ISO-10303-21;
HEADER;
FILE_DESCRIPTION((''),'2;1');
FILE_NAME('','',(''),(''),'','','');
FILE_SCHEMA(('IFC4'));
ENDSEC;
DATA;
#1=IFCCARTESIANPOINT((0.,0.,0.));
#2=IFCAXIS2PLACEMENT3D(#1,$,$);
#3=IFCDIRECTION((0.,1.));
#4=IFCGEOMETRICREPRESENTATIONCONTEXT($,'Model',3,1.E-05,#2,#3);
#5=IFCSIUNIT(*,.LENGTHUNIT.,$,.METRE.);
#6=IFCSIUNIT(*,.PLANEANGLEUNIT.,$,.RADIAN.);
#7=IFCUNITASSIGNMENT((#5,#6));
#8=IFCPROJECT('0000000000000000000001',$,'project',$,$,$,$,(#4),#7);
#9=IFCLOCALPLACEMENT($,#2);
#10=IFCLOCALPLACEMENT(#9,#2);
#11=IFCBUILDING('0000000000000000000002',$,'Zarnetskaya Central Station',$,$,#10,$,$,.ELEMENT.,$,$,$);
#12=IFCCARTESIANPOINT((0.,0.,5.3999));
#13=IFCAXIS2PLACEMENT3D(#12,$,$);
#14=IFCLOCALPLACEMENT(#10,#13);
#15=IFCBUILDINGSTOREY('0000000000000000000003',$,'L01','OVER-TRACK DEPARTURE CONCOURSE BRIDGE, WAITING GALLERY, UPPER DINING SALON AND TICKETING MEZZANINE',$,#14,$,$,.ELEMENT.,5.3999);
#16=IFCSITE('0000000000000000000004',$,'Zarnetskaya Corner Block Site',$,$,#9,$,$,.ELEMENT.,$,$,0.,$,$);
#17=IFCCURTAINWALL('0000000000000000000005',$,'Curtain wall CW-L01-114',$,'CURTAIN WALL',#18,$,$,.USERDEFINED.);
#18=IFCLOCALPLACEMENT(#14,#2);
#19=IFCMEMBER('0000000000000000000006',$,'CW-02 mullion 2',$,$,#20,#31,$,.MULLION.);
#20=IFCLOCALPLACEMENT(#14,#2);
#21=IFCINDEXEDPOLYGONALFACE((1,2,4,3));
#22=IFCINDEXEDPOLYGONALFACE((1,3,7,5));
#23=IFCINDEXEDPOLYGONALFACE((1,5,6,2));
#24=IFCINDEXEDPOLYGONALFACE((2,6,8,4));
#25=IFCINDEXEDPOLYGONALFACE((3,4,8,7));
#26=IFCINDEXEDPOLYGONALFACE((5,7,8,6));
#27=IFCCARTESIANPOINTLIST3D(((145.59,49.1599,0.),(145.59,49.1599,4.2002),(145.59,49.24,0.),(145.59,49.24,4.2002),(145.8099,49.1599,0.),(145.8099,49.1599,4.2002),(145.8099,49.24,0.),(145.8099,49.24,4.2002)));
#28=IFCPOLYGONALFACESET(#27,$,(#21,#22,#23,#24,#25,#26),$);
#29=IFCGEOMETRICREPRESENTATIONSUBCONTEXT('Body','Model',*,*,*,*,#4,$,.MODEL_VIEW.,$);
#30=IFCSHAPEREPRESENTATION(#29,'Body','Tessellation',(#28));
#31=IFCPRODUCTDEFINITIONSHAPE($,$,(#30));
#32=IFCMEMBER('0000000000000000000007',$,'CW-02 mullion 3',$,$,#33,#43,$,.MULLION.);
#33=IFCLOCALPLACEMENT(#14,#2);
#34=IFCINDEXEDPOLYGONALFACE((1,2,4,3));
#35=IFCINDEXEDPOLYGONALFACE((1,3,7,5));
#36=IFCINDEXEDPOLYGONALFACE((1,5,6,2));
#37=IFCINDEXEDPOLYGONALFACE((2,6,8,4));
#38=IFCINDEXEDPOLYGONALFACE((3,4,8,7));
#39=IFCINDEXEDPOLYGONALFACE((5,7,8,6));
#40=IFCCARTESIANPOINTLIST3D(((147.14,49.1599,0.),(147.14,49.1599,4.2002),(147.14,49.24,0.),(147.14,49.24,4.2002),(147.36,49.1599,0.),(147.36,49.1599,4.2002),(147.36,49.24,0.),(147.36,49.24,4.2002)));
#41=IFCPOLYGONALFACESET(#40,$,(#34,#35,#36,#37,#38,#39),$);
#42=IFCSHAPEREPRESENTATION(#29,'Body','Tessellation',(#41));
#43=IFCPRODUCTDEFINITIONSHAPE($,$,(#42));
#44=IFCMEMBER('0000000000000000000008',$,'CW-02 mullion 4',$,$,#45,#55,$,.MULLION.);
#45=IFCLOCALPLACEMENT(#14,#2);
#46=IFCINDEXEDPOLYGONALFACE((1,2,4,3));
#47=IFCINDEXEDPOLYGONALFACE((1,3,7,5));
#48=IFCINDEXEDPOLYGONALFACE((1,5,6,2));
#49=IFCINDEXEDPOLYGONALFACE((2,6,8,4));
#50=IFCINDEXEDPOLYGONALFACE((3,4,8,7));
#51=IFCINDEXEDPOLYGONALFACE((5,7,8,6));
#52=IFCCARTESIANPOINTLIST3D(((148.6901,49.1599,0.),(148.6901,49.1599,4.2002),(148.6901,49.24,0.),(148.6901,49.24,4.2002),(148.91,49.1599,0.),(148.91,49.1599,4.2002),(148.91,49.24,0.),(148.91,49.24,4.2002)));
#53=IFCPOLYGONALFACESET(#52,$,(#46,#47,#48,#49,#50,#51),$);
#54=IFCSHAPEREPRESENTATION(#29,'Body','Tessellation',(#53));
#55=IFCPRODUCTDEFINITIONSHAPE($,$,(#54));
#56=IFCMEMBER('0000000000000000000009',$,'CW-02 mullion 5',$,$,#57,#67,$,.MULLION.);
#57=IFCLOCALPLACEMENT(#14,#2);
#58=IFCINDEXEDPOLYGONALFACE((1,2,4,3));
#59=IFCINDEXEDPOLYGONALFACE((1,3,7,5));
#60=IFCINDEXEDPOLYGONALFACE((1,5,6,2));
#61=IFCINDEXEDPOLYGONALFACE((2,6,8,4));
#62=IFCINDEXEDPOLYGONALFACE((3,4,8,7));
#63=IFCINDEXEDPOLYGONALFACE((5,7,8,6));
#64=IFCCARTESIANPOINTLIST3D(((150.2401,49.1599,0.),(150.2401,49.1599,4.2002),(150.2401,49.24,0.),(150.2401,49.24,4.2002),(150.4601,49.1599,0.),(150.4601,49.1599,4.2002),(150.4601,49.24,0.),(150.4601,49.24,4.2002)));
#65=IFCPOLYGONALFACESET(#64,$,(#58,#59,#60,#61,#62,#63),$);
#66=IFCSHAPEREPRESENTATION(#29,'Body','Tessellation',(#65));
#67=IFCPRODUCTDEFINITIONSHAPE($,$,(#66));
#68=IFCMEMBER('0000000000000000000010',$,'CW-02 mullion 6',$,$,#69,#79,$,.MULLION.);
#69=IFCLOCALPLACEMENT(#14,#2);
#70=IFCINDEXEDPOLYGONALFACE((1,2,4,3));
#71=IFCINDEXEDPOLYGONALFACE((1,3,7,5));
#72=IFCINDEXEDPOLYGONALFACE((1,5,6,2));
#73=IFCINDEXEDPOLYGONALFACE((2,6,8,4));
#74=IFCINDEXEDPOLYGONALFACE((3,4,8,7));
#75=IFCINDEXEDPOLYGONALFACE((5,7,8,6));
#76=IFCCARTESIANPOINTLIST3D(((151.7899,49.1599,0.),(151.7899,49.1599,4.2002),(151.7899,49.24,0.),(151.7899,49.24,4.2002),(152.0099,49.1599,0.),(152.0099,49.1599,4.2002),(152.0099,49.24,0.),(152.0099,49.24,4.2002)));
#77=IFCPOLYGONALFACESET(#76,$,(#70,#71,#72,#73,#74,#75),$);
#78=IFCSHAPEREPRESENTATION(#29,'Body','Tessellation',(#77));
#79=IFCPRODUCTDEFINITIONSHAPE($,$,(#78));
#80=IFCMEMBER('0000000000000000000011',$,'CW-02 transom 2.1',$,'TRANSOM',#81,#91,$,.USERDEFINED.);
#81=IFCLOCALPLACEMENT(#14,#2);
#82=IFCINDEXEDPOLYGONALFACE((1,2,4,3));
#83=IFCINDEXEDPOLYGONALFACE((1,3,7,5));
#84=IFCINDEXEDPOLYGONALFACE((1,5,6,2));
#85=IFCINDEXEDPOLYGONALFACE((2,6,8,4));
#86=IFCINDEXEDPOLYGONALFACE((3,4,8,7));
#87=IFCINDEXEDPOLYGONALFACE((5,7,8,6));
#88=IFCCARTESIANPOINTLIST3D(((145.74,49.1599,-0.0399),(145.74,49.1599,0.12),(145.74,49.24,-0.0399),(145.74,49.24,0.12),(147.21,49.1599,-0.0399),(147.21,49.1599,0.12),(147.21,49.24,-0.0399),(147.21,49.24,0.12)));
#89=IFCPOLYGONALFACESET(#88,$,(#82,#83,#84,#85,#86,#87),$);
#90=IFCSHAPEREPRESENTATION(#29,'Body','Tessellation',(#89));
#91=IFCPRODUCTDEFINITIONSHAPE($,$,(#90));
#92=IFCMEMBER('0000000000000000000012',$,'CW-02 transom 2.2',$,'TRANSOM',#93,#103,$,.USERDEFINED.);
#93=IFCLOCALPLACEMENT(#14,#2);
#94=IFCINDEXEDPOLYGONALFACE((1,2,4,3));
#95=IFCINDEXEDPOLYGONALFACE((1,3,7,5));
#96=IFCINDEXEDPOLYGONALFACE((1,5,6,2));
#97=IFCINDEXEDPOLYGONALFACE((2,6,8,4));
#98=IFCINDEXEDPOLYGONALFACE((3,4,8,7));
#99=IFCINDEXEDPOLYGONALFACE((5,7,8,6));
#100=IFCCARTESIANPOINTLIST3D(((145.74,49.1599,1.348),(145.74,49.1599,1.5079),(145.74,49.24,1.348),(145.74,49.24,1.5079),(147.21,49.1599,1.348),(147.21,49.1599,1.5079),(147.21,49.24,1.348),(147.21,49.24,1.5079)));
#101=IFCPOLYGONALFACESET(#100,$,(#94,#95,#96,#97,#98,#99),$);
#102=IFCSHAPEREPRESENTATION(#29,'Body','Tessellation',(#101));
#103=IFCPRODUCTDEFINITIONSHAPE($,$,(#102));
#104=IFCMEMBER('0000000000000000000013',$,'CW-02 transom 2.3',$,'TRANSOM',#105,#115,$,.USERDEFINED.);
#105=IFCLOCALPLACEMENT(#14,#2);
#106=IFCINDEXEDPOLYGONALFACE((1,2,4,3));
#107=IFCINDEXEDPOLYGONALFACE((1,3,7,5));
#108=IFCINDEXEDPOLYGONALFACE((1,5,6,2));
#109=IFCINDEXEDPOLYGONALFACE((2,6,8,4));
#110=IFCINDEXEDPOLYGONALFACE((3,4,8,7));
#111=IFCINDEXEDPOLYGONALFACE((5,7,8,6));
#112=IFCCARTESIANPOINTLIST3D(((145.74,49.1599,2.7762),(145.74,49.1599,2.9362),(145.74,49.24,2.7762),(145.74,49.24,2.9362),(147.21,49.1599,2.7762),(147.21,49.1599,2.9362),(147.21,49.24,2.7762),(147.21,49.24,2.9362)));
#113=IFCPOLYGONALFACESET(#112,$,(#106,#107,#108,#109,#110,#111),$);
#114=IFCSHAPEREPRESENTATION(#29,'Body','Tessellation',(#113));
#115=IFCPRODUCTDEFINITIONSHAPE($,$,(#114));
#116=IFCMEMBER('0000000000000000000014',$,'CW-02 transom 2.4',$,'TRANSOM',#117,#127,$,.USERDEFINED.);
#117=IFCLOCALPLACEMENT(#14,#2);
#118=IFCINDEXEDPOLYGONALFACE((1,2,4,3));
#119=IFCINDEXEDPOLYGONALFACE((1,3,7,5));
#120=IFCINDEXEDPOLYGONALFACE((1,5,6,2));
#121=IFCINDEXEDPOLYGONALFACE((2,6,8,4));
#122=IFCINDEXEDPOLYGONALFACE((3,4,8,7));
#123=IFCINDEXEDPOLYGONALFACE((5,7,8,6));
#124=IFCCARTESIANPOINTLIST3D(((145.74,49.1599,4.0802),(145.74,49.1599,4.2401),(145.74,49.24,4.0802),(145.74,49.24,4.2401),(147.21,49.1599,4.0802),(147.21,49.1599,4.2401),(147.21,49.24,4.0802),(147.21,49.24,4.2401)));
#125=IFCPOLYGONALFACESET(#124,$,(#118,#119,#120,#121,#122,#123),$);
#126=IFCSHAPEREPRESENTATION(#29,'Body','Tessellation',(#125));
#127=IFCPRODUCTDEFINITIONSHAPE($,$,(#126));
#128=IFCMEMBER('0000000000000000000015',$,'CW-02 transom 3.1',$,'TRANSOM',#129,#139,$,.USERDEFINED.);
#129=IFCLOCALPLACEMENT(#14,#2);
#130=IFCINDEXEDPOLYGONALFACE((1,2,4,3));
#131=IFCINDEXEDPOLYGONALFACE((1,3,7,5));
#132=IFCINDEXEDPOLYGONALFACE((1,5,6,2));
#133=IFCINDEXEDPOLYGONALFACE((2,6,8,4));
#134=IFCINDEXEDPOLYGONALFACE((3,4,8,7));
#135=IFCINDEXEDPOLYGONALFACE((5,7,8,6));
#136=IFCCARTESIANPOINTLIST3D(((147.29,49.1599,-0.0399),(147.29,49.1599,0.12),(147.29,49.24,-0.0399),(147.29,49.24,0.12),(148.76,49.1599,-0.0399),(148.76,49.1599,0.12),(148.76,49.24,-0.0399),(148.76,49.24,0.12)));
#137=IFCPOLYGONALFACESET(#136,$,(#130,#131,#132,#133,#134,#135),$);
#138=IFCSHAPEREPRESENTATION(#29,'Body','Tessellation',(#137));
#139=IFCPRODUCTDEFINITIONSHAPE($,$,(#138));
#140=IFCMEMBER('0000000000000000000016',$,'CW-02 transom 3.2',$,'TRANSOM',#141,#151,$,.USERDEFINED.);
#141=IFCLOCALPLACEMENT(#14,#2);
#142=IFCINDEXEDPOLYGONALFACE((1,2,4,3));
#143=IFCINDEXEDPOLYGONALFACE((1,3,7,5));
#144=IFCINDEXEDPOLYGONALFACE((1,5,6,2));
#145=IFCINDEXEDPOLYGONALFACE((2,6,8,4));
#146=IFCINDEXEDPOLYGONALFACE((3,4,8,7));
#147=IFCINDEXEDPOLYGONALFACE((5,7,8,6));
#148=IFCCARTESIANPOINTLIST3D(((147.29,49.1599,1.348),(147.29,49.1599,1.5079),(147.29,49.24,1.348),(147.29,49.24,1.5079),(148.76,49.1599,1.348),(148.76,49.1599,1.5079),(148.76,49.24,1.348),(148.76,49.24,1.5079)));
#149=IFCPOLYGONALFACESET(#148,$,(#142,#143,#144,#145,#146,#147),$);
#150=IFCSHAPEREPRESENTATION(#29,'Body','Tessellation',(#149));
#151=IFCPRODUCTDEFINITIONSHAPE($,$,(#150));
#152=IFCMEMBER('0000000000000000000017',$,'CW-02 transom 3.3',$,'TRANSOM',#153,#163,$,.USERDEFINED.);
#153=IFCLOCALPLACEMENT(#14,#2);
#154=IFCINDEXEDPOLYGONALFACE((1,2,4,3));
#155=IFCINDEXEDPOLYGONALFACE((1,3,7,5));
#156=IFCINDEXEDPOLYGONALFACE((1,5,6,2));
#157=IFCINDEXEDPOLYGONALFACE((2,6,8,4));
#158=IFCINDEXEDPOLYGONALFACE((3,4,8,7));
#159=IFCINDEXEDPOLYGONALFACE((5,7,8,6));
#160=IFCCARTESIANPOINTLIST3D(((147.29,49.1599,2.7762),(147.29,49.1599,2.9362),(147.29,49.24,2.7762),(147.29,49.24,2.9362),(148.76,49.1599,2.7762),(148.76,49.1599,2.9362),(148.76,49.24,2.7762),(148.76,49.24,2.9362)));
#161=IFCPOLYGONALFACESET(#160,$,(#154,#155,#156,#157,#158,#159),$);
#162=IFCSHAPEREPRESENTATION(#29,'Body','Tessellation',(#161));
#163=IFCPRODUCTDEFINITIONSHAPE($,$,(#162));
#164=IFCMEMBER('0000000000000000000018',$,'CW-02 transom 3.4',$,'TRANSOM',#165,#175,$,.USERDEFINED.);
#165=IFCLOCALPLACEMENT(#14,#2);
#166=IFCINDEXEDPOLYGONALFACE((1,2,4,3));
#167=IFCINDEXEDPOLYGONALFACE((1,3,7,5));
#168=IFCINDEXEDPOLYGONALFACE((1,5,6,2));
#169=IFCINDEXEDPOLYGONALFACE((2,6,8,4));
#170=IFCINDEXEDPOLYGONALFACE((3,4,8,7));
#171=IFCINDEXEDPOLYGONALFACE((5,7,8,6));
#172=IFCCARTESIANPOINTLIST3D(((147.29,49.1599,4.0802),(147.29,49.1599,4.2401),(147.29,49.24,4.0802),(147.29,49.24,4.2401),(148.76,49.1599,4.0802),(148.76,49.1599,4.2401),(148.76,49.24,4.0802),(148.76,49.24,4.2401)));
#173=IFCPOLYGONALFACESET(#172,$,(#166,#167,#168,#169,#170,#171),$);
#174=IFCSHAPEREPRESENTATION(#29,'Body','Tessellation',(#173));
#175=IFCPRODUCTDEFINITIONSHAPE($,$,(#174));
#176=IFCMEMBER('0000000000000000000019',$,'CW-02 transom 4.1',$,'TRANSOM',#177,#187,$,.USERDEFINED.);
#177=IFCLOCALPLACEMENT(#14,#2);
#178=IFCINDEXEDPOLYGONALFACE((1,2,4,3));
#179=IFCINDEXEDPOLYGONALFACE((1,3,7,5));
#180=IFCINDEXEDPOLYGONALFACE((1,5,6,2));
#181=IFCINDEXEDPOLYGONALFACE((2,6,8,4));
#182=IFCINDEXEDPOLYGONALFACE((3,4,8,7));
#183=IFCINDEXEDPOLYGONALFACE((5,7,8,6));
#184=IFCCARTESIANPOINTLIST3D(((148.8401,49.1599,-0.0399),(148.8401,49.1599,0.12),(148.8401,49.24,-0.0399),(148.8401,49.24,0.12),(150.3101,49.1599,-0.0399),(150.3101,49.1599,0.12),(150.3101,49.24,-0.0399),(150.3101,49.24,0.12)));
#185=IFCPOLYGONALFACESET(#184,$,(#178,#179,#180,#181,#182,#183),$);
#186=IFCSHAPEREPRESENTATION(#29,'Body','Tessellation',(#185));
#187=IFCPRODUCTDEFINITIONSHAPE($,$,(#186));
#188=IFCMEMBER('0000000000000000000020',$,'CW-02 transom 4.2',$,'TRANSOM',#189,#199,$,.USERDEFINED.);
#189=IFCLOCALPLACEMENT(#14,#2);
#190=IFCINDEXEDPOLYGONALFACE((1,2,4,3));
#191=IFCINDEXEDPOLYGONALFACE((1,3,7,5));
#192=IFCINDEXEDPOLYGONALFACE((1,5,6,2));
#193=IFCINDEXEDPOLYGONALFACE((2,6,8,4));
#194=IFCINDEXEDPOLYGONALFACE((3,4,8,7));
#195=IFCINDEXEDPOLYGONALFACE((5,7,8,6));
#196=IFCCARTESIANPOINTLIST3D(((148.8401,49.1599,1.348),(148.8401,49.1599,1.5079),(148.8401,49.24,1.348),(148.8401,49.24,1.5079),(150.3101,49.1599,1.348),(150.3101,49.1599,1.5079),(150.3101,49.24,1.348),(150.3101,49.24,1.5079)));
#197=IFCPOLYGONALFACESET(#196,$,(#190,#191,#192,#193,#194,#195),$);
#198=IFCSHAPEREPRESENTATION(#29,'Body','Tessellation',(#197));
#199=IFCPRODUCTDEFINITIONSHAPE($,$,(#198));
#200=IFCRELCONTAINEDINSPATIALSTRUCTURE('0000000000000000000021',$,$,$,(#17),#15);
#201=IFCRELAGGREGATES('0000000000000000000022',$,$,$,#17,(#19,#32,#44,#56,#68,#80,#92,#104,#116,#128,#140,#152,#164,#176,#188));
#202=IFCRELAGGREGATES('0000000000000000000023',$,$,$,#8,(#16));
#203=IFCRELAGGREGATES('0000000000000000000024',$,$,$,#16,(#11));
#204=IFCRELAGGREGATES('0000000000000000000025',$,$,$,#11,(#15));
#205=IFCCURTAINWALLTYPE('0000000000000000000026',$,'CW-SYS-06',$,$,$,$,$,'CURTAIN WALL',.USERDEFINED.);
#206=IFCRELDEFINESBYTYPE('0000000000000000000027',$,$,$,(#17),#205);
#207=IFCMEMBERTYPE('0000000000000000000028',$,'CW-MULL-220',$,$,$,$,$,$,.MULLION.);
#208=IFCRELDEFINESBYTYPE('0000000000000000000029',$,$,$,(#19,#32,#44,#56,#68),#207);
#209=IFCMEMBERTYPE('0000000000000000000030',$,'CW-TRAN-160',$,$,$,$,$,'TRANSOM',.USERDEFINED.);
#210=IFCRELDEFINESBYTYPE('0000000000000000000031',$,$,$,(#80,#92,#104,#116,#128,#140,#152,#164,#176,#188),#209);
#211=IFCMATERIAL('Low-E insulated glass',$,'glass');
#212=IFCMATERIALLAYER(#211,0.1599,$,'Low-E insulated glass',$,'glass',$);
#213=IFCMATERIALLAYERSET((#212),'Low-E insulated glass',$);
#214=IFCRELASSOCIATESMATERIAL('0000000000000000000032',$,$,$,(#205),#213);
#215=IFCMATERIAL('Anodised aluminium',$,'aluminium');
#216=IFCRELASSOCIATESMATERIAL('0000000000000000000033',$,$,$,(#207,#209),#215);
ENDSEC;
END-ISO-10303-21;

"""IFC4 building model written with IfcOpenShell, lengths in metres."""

from ifc_helpers import new_model, si_unit, direction, frame, origin, origin_2d, place, context, subcontext, project, spatial, rectangle, extrude, material, layer, layer_set, material_profile, profile_set, type_object, element, aggregate, save


model = new_model("IFC4")

# Units and contexts
model_context = context("Model", 3, precision=1e-05, world=origin(), true_north=direction((0.0, 1.0)))
body_context = subcontext(model_context, "Body", "Model", "MODEL_VIEW")
ifc_project = project(units=[si_unit("LENGTHUNIT", "METRE"), si_unit("PLANEANGLEUNIT", "RADIAN")], contexts=[model_context])

# Site, building, storey
site_placement = place(None, origin())
site = spatial("IfcSite", under=ifc_project, at=site_placement, Name="Zarnetskaya Corner Block Site", CompositionType="ELEMENT", RefElevation=0.0)
building_placement = place(site_placement, origin())
building = spatial("IfcBuilding", under=site, at=building_placement, Name="Zarnetskaya Central Station", CompositionType="ELEMENT")
storey_placement = place(building_placement, frame((0.0, 0.0, 5.3999)))
storey = spatial("IfcBuildingStorey", under=building, at=storey_placement, Name="L01", Description="OVER-TRACK DEPARTURE CONCOURSE BRIDGE, WAITING GALLERY, UPPER DINING SALON AND TICKETING MEZZANINE", CompositionType="ELEMENT", Elevation=5.3999)

# Curtain wall, members
ifc_material_1 = material(Name="Low-E insulated glass", Category="glass")
ifc_layer_1 = layer(ifc_material_1, 0.1599, Name="Low-E insulated glass", Category="glass")
ifc_layer_set_1 = layer_set([ifc_layer_1], Name="Low-E insulated glass")
curtain_wall_type = type_object("IfcCurtainWallType", Name="CW-SYS-06", ElementType="CURTAIN WALL", PredefinedType="USERDEFINED", material=ifc_layer_set_1)
curtain_wall_placement = place(storey_placement, origin())
curtain_wall = element("IfcCurtainWall", 1, at=curtain_wall_placement, inside=storey, type_object=curtain_wall_type, Name="Curtain wall CW-L01-114", ObjectType="CURTAIN WALL", PredefinedType="USERDEFINED")
ifc_material_2 = material(Name="Anodised aluminium", Category="aluminium")
ifc_material_profile_1 = material_profile(ifc_material_2, rectangle(XDim=0.0801, YDim=0.22, at=origin_2d()), Name="ALU MULL 80x220")
ifc_profile_set_1 = profile_set([ifc_material_profile_1], Name="Anodised aluminium")
member_type_1 = type_object("IfcMemberType", Name="CW-MULL-220", PredefinedType="MULLION", material=ifc_profile_set_1)
member_1_placement = place(storey_placement, frame((145.7, 49.2, 0.0), z_axis=(0.0, 0.0, 1.0), x_axis=(0.0, 1.0, 0.0)))
member_1 = element("IfcMember", 2, at=member_1_placement, type_object=member_type_1, Name="CW-02 mullion 2", PredefinedType="MULLION", context=body_context, shape_type="SweptSolid", body=[
    extrude(rectangle(XDim=0.0801, YDim=0.22, at=origin_2d()), origin(), (0.0, 0.0, 1.0), 4.2002),
])
member_2_placement = place(storey_placement, frame((147.25, 49.2, 0.0), z_axis=(0.0, 0.0, 1.0), x_axis=(0.0, 1.0, 0.0)))
member_2 = element("IfcMember", 3, at=member_2_placement, type_object=member_type_1, Name="CW-02 mullion 3", PredefinedType="MULLION", context=body_context, shape_type="SweptSolid", body=[
    extrude(rectangle(XDim=0.0801, YDim=0.22, at=origin_2d()), origin(), (0.0, 0.0, 1.0), 4.2002),
])
member_3_placement = place(storey_placement, frame((148.8, 49.2, 0.0), z_axis=(0.0, 0.0, 1.0), x_axis=(0.0, 1.0, 0.0)))
member_3 = element("IfcMember", 4, at=member_3_placement, type_object=member_type_1, Name="CW-02 mullion 4", PredefinedType="MULLION", context=body_context, shape_type="SweptSolid", body=[
    extrude(rectangle(XDim=0.0801, YDim=0.22, at=origin_2d()), origin(), (0.0, 0.0, 1.0), 4.2002),
])
member_4_placement = place(storey_placement, frame((150.3501, 49.2, 0.0), z_axis=(0.0, 0.0, 1.0), x_axis=(0.0, 1.0, 0.0)))
member_4 = element("IfcMember", 5, at=member_4_placement, type_object=member_type_1, Name="CW-02 mullion 5", PredefinedType="MULLION", context=body_context, shape_type="SweptSolid", body=[
    extrude(rectangle(XDim=0.0801, YDim=0.22, at=origin_2d()), origin(), (0.0, 0.0, 1.0), 4.2002),
])
member_5_placement = place(storey_placement, frame((151.8999, 49.2, 0.0), z_axis=(0.0, 0.0, 1.0), x_axis=(0.0, 1.0, 0.0)))
member_5 = element("IfcMember", 6, at=member_5_placement, type_object=member_type_1, Name="CW-02 mullion 6", PredefinedType="MULLION", context=body_context, shape_type="SweptSolid", body=[
    extrude(rectangle(XDim=0.0801, YDim=0.22, at=origin_2d()), origin(), (0.0, 0.0, 1.0), 4.2002),
])
ifc_material_profile_2 = material_profile(ifc_material_2, rectangle(XDim=0.0801, YDim=0.1599, at=origin_2d()), Name="ALU TRAN 80x160")
ifc_profile_set_2 = profile_set([ifc_material_profile_2], Name="Anodised aluminium")
member_type_2 = type_object("IfcMemberType", Name="CW-TRAN-160", ElementType="TRANSOM", PredefinedType="USERDEFINED", material=ifc_profile_set_2)
member_6_placement = place(storey_placement, frame((145.74, 49.2, 0.04), z_axis=(1.0, 0.0, 0.0), x_axis=(0.0, 1.0, 0.0)))
member_6 = element("IfcMember", 7, at=member_6_placement, type_object=member_type_2, Name="CW-02 transom 2.1", ObjectType="TRANSOM", PredefinedType="USERDEFINED", context=body_context, shape_type="SweptSolid", body=[
    extrude(rectangle(XDim=0.0801, YDim=0.1599, at=origin_2d()), origin(), (0.0, 0.0, 1.0), 1.47),
])
member_7_placement = place(storey_placement, frame((145.74, 49.2, 1.428), z_axis=(1.0, 0.0, 0.0), x_axis=(0.0, 1.0, 0.0)))
member_7 = element("IfcMember", 8, at=member_7_placement, type_object=member_type_2, Name="CW-02 transom 2.2", ObjectType="TRANSOM", PredefinedType="USERDEFINED", context=body_context, shape_type="SweptSolid", body=[
    extrude(rectangle(XDim=0.0801, YDim=0.1599, at=origin_2d()), origin(), (0.0, 0.0, 1.0), 1.47),
])
member_8_placement = place(storey_placement, frame((145.74, 49.2, 2.8562), z_axis=(1.0, 0.0, 0.0), x_axis=(0.0, 1.0, 0.0)))
member_8 = element("IfcMember", 9, at=member_8_placement, type_object=member_type_2, Name="CW-02 transom 2.3", ObjectType="TRANSOM", PredefinedType="USERDEFINED", context=body_context, shape_type="SweptSolid", body=[
    extrude(rectangle(XDim=0.0801, YDim=0.1599, at=origin_2d()), origin(), (0.0, 0.0, 1.0), 1.47),
])
member_9_placement = place(storey_placement, frame((145.74, 49.2, 4.1602), z_axis=(1.0, 0.0, 0.0), x_axis=(0.0, 1.0, 0.0)))
member_9 = element("IfcMember", 10, at=member_9_placement, type_object=member_type_2, Name="CW-02 transom 2.4", ObjectType="TRANSOM", PredefinedType="USERDEFINED", context=body_context, shape_type="SweptSolid", body=[
    extrude(rectangle(XDim=0.0801, YDim=0.1599, at=origin_2d()), origin(), (0.0, 0.0, 1.0), 1.47),
])
member_10_placement = place(storey_placement, frame((147.29, 49.2, 0.04), z_axis=(1.0, 0.0, 0.0), x_axis=(0.0, 1.0, 0.0)))
member_10 = element("IfcMember", 11, at=member_10_placement, type_object=member_type_2, Name="CW-02 transom 3.1", ObjectType="TRANSOM", PredefinedType="USERDEFINED", context=body_context, shape_type="SweptSolid", body=[
    extrude(rectangle(XDim=0.0801, YDim=0.1599, at=origin_2d()), origin(), (0.0, 0.0, 1.0), 1.47),
])
member_11_placement = place(storey_placement, frame((147.29, 49.2, 1.428), z_axis=(1.0, 0.0, 0.0), x_axis=(0.0, 1.0, 0.0)))
member_11 = element("IfcMember", 12, at=member_11_placement, type_object=member_type_2, Name="CW-02 transom 3.2", ObjectType="TRANSOM", PredefinedType="USERDEFINED", context=body_context, shape_type="SweptSolid", body=[
    extrude(rectangle(XDim=0.0801, YDim=0.1599, at=origin_2d()), origin(), (0.0, 0.0, 1.0), 1.47),
])
member_12_placement = place(storey_placement, frame((147.29, 49.2, 2.8562), z_axis=(1.0, 0.0, 0.0), x_axis=(0.0, 1.0, 0.0)))
member_12 = element("IfcMember", 13, at=member_12_placement, type_object=member_type_2, Name="CW-02 transom 3.3", ObjectType="TRANSOM", PredefinedType="USERDEFINED", context=body_context, shape_type="SweptSolid", body=[
    extrude(rectangle(XDim=0.0801, YDim=0.1599, at=origin_2d()), origin(), (0.0, 0.0, 1.0), 1.47),
])
member_13_placement = place(storey_placement, frame((147.29, 49.2, 4.1602), z_axis=(1.0, 0.0, 0.0), x_axis=(0.0, 1.0, 0.0)))
member_13 = element("IfcMember", 14, at=member_13_placement, type_object=member_type_2, Name="CW-02 transom 3.4", ObjectType="TRANSOM", PredefinedType="USERDEFINED", context=body_context, shape_type="SweptSolid", body=[
    extrude(rectangle(XDim=0.0801, YDim=0.1599, at=origin_2d()), origin(), (0.0, 0.0, 1.0), 1.47),
])
member_14_placement = place(storey_placement, frame((148.8401, 49.2, 0.04), z_axis=(1.0, 0.0, 0.0), x_axis=(0.0, 1.0, 0.0)))
member_14 = element("IfcMember", 15, at=member_14_placement, type_object=member_type_2, Name="CW-02 transom 4.1", ObjectType="TRANSOM", PredefinedType="USERDEFINED", context=body_context, shape_type="SweptSolid", body=[
    extrude(rectangle(XDim=0.0801, YDim=0.1599, at=origin_2d()), origin(), (0.0, 0.0, 1.0), 1.47),
])
member_15_placement = place(storey_placement, frame((148.8401, 49.2, 1.428), z_axis=(1.0, 0.0, 0.0), x_axis=(0.0, 1.0, 0.0)))
member_15 = element("IfcMember", 16, at=member_15_placement, type_object=member_type_2, Name="CW-02 transom 4.2", ObjectType="TRANSOM", PredefinedType="USERDEFINED", context=body_context, shape_type="SweptSolid", body=[
    extrude(rectangle(XDim=0.0801, YDim=0.1599, at=origin_2d()), origin(), (0.0, 0.0, 1.0), 1.47),
])
aggregate(curtain_wall, [member_1, member_2, member_3, member_4, member_5, member_6, member_7, member_8, member_9, member_10, member_11, member_12, member_13, member_14, member_15])

save(model, "model.ifc")
